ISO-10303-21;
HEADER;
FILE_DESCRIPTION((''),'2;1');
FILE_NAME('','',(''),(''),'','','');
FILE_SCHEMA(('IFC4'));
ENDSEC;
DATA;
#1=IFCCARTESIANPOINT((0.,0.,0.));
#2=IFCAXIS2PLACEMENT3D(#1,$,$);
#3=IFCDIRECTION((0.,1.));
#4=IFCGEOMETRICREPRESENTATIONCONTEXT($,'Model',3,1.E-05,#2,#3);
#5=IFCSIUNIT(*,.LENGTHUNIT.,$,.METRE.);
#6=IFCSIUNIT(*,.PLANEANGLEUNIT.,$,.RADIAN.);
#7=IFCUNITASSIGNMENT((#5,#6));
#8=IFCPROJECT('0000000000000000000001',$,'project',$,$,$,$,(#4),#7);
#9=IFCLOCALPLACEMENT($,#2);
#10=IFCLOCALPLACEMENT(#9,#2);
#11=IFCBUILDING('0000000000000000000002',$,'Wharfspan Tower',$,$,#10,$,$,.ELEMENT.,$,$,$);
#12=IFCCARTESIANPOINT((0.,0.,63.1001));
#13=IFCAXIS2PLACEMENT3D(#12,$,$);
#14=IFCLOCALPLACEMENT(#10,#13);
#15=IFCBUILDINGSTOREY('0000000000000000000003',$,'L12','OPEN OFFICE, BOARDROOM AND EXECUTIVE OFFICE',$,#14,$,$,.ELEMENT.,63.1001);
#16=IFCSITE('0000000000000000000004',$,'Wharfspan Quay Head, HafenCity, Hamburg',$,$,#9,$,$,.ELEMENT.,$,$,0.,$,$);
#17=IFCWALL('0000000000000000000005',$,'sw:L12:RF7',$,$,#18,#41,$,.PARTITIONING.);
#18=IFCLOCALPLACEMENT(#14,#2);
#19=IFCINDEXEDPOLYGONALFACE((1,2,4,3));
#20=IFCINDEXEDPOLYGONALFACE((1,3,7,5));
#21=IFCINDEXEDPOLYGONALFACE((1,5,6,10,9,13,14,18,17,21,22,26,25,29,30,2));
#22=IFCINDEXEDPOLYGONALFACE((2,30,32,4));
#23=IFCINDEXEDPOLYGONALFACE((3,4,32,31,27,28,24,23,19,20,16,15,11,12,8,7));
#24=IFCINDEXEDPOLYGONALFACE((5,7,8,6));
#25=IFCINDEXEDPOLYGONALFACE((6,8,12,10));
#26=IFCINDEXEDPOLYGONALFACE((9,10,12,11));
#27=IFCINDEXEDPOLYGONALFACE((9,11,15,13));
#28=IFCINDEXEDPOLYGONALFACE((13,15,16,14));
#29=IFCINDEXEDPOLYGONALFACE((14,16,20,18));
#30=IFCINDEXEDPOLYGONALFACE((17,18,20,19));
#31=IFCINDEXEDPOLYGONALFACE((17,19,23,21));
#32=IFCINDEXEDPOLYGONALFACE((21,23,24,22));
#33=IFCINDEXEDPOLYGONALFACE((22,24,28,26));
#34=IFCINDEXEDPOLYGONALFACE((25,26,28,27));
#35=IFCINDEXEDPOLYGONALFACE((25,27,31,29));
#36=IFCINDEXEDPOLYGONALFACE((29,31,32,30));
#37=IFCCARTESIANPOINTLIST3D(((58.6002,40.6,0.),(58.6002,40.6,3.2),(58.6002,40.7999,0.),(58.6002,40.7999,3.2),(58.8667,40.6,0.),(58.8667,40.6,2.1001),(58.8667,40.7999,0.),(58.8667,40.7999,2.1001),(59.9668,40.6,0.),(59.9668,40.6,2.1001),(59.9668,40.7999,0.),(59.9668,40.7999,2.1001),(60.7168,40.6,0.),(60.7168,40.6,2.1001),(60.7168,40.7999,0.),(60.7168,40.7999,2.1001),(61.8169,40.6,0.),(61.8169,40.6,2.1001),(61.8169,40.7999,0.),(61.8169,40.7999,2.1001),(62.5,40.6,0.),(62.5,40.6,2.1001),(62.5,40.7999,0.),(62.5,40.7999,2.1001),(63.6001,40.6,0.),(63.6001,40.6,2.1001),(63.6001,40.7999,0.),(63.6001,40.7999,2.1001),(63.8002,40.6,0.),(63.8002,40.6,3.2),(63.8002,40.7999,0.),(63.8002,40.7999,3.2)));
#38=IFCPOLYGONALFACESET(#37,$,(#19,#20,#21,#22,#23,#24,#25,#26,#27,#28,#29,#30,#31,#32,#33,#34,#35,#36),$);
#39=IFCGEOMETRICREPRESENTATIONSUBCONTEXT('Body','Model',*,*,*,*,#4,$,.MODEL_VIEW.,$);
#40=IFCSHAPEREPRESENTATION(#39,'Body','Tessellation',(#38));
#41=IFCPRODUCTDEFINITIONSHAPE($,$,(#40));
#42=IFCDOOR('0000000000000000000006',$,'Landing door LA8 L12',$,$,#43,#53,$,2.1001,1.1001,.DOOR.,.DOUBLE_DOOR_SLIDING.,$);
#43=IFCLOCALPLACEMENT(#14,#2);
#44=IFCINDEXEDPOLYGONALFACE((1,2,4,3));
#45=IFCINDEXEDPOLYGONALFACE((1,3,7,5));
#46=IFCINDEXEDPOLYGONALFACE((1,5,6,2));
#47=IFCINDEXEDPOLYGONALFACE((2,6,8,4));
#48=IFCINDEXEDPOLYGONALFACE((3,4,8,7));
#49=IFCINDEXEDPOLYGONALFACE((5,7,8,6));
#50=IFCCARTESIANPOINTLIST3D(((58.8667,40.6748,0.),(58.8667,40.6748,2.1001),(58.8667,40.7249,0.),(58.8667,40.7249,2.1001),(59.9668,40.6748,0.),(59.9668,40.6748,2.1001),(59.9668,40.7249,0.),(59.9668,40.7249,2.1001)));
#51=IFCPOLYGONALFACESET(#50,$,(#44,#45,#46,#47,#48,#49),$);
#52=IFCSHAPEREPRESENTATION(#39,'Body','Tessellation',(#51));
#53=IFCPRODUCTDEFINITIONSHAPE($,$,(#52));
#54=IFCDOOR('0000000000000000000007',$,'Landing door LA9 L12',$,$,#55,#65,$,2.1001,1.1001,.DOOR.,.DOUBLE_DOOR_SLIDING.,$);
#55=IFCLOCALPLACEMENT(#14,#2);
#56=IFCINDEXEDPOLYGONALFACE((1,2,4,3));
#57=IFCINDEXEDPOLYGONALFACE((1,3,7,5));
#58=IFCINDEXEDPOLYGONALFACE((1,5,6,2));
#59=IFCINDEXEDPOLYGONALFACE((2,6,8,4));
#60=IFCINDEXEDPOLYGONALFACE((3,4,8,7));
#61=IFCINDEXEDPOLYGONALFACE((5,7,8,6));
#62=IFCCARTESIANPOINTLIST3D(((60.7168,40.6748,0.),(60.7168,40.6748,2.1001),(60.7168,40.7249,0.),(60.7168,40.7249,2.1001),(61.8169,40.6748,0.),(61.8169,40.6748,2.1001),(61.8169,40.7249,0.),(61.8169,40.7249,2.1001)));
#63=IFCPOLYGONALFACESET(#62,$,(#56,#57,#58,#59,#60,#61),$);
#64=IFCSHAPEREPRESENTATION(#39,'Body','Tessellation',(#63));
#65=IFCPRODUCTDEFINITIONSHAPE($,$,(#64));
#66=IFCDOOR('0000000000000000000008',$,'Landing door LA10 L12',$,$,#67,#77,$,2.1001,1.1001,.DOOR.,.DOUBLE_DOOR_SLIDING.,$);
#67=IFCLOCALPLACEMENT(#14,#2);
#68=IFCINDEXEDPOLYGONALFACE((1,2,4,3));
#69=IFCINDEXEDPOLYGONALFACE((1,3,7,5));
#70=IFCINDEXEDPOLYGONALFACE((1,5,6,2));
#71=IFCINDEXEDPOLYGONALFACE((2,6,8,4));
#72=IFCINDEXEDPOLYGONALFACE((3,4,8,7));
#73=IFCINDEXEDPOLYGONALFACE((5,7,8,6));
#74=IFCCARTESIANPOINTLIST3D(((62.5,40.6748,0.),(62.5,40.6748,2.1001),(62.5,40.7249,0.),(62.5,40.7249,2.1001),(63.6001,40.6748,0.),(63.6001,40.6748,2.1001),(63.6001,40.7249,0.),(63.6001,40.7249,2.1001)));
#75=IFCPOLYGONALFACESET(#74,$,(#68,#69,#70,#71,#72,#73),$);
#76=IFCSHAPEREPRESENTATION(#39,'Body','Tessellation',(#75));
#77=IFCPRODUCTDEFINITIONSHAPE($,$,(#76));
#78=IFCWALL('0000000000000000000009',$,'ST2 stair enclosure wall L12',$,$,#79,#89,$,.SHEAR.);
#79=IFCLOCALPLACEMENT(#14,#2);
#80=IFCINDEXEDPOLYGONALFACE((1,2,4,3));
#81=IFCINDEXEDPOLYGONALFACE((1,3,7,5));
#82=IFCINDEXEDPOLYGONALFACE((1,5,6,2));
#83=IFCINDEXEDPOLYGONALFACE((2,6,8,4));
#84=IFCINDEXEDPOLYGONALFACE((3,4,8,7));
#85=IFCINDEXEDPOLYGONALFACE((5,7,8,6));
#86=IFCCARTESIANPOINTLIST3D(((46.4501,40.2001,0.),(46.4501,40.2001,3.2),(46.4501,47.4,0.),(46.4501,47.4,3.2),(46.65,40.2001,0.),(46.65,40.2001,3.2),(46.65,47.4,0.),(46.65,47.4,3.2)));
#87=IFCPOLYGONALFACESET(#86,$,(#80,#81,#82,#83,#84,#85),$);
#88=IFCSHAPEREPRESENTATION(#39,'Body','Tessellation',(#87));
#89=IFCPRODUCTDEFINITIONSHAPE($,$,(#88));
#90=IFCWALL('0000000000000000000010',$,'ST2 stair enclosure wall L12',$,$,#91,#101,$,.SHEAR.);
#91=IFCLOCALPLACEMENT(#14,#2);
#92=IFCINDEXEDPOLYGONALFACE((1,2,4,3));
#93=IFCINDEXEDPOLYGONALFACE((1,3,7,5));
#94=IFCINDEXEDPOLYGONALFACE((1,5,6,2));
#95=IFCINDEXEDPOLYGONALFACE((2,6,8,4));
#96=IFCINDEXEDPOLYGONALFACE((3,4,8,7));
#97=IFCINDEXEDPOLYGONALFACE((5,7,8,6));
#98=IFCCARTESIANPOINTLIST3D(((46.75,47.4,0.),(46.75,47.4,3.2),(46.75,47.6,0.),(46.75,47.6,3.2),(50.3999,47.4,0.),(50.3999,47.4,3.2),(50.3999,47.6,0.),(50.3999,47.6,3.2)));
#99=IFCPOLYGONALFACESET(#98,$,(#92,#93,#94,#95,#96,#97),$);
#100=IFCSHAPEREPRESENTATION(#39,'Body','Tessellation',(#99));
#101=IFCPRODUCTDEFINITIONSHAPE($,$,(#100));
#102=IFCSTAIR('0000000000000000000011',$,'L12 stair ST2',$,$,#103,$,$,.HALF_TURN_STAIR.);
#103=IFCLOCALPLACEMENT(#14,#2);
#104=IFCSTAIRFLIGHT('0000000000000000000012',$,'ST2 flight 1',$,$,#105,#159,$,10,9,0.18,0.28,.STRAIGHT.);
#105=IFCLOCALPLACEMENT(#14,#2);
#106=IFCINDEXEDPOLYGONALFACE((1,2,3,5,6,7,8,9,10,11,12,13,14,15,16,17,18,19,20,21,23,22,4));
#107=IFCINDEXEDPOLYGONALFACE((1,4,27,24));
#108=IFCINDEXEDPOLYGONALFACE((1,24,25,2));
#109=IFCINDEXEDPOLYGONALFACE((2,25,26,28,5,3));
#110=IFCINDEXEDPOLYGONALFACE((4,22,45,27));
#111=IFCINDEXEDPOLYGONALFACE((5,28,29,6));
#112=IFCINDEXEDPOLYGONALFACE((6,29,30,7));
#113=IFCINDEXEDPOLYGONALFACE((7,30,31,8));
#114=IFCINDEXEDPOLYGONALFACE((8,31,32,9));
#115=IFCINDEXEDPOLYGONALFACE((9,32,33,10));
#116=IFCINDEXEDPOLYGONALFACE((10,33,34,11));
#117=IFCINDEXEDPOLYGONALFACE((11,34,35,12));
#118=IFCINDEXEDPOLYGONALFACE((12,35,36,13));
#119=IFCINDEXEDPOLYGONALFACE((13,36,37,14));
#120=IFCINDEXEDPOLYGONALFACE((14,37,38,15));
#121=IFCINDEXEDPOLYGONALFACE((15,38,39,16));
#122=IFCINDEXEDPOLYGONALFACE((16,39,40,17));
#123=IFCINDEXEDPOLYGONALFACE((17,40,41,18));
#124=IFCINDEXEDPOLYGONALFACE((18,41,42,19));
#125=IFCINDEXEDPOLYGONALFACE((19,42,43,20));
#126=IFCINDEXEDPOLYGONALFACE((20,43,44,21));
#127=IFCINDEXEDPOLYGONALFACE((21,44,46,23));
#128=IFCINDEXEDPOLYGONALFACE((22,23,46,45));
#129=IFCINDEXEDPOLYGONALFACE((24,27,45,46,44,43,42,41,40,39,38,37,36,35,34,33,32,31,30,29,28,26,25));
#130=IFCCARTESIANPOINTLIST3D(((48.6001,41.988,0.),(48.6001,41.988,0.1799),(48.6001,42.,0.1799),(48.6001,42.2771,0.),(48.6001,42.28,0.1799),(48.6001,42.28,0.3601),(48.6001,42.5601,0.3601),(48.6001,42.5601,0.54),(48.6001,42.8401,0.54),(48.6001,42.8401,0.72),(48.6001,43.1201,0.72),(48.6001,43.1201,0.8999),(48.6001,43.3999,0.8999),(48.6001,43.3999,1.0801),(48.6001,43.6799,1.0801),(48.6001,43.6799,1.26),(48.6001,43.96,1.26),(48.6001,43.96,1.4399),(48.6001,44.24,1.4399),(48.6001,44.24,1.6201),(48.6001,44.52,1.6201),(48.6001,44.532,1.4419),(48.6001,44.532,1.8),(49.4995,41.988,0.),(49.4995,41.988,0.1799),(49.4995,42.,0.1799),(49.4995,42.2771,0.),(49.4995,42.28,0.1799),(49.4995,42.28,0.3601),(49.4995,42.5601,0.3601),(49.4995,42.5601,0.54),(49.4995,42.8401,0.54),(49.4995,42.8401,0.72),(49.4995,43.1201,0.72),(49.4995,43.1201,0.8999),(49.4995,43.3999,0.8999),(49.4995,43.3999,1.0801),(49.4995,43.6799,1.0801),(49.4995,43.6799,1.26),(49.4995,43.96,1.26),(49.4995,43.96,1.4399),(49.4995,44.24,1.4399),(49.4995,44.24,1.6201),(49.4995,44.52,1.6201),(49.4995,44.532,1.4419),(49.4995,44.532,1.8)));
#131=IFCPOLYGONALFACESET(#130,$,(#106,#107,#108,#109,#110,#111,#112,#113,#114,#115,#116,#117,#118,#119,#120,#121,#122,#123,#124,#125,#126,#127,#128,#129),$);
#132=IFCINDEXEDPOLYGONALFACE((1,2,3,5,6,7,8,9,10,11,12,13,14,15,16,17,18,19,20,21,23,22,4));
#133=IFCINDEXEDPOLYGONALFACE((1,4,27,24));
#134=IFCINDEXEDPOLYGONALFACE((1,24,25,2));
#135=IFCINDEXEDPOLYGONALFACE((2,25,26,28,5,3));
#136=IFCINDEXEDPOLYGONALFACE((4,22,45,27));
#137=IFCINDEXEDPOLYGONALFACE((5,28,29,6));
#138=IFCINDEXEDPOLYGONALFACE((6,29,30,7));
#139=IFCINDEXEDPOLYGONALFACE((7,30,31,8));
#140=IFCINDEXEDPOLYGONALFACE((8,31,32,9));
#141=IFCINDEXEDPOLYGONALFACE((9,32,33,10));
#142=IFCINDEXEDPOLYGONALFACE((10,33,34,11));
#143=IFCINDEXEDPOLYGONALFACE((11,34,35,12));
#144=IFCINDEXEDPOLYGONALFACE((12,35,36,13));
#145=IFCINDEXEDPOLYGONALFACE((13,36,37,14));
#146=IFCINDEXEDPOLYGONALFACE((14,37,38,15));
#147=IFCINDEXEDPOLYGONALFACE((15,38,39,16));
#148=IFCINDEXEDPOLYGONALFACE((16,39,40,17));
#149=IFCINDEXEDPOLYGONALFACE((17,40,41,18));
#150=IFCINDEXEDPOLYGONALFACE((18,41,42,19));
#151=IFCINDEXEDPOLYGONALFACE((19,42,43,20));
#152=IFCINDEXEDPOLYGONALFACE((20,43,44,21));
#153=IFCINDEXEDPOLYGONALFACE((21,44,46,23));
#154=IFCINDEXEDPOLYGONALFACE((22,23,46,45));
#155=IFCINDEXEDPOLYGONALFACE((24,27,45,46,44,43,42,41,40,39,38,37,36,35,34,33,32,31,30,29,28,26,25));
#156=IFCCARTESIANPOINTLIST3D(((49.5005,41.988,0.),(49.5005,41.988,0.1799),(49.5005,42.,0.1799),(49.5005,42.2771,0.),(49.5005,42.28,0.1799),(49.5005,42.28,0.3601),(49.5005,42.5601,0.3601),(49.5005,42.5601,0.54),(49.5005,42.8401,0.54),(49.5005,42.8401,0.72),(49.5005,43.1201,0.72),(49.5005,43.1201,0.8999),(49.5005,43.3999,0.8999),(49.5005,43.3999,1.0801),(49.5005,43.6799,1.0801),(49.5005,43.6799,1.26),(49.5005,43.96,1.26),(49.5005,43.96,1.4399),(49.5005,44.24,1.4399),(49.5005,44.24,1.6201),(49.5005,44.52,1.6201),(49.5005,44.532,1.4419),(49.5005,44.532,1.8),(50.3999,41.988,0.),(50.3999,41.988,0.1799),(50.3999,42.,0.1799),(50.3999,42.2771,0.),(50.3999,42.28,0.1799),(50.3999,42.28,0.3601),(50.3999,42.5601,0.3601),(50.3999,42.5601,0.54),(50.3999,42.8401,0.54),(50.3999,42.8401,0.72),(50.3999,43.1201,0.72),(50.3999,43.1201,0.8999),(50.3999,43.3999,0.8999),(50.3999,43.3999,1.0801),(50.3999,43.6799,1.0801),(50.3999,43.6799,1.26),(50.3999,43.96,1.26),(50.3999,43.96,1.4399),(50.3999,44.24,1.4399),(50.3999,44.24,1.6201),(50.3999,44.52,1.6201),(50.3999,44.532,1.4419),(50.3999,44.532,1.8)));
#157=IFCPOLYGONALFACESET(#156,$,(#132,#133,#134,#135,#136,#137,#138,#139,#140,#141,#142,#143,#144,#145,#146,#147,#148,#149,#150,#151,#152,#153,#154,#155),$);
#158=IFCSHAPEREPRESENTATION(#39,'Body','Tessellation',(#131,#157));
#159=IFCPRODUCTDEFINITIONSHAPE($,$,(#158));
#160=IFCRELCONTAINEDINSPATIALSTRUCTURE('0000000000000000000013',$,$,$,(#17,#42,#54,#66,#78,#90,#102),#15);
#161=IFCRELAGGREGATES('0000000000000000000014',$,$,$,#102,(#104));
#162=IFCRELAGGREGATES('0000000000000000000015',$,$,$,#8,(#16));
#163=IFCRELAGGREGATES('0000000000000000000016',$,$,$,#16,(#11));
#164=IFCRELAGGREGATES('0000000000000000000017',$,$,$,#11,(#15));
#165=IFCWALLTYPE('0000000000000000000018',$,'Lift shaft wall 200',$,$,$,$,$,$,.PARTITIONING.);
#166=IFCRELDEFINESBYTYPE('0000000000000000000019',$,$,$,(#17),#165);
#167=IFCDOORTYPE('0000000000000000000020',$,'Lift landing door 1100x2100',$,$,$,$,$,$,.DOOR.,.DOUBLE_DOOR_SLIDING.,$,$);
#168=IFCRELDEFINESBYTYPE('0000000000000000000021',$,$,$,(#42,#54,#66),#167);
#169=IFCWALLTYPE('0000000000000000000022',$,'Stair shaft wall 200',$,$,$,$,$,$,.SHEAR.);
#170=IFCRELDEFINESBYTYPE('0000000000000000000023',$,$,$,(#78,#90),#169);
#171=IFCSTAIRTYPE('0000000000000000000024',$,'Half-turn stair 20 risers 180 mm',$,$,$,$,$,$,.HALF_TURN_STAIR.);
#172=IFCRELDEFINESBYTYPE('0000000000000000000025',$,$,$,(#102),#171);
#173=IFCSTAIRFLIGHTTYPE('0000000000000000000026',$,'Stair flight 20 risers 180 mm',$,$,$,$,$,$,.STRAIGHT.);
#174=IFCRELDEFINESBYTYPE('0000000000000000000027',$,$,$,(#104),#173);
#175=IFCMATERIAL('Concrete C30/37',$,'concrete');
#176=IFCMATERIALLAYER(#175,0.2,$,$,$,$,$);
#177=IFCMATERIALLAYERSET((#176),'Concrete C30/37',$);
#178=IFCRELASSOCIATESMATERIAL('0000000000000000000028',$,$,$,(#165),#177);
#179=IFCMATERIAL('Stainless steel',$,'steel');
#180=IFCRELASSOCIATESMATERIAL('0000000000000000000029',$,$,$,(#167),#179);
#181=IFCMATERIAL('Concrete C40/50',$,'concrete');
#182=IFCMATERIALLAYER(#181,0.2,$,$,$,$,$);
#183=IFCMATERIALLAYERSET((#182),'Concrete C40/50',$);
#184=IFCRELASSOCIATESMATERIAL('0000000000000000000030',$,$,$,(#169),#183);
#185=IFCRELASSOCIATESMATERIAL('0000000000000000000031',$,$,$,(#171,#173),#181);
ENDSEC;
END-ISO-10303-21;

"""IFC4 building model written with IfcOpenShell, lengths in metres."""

from ifc_helpers import new_model, si_unit, direction, frame, frame_2d, origin, place, context, subcontext, project, spatial, polyline, rectangle, outline, extrude, material, layer, layer_set, type_object, element, fill, aggregate, save


model = new_model("IFC4")

# Units and contexts
model_context = context("Model", 3, precision=1e-05, world=origin(), true_north=direction((0.0, 1.0)))
body_context = subcontext(model_context, "Body", "Model", "MODEL_VIEW")
ifc_project = project(units=[si_unit("LENGTHUNIT", "METRE"), si_unit("PLANEANGLEUNIT", "RADIAN")], contexts=[model_context])

# Site, building, storey
site_placement = place(None, origin())
site = spatial("IfcSite", under=ifc_project, at=site_placement, Name="Wharfspan Quay Head, HafenCity, Hamburg", CompositionType="ELEMENT", RefElevation=0.0)
building_placement = place(site_placement, origin())
building = spatial("IfcBuilding", under=site, at=building_placement, Name="Wharfspan Tower", CompositionType="ELEMENT")
storey_placement = place(building_placement, frame((0.0, 0.0, 63.1001)))
storey = spatial("IfcBuildingStorey", under=building, at=storey_placement, Name="L12", Description="OPEN OFFICE, BOARDROOM AND EXECUTIVE OFFICE", CompositionType="ELEMENT", Elevation=63.1001)

# Shared definitions
ifc_material_1 = material(Name="Concrete C30/37", Category="concrete")
ifc_layer_1 = layer(ifc_material_1, 0.2)
ifc_layer_set_1 = layer_set([ifc_layer_1], Name="Concrete C30/37")
wall_type_1 = type_object("IfcWallType", Name="Lift shaft wall 200", PredefinedType="PARTITIONING", material=ifc_layer_set_1)

# Wall, openings, doors
wall_1_placement = place(storey_placement, frame((58.6001, 40.7, 0.0), z_axis=(0.0, 0.0, 1.0), x_axis=(1.0, 0.0, 0.0)))
wall_1 = element("IfcWall", 1, at=wall_1_placement, inside=storey, type_object=wall_type_1, Name="sw:L12:RF7", PredefinedType="PARTITIONING", context=body_context, shape_type="SweptSolid", body=[
    extrude(rectangle(XDim=5.2, YDim=0.2, at=frame_2d((2.6001, 0.0))), origin(), (0.0, 0.0, 1.0), 3.2),
])
opening_1_placement = place(wall_1_placement, frame((0.2666, 0.0, 0.0)))
opening_1 = element("IfcOpeningElement", 2, at=opening_1_placement, cuts=wall_1, PredefinedType="OPENING", context=body_context, shape_type="SweptSolid", body=[
    extrude(rectangle(XDim=1.1001, YDim=2.1001, at=frame_2d((0.55, 1.05))), frame((0.0, 0.1099, 0.0), z_axis=(0.0, -1.0, 0.0), x_axis=(1.0, 0.0, 0.0)), (0.0, 0.0, 1.0), 0.22),
])
opening_2_placement = place(wall_1_placement, frame((2.1167, 0.0, 0.0)))
opening_2 = element("IfcOpeningElement", 3, at=opening_2_placement, cuts=wall_1, PredefinedType="OPENING", context=body_context, shape_type="SweptSolid", body=[
    extrude(rectangle(XDim=1.1001, YDim=2.1001, at=frame_2d((0.55, 1.05))), frame((0.0, 0.1099, 0.0), z_axis=(0.0, -1.0, 0.0), x_axis=(1.0, 0.0, 0.0)), (0.0, 0.0, 1.0), 0.22),
])
opening_3_placement = place(wall_1_placement, frame((3.8999, 0.0, 0.0)))
opening_3 = element("IfcOpeningElement", 4, at=opening_3_placement, cuts=wall_1, PredefinedType="OPENING", context=body_context, shape_type="SweptSolid", body=[
    extrude(rectangle(XDim=1.1001, YDim=2.1001, at=frame_2d((0.55, 1.05))), frame((0.0, 0.1099, 0.0), z_axis=(0.0, -1.0, 0.0), x_axis=(1.0, 0.0, 0.0)), (0.0, 0.0, 1.0), 0.22),
])
ifc_material_2 = material(Name="Stainless steel", Category="steel")
door_type_1 = type_object("IfcDoorType", Name="Lift landing door 1100x2100", OperationType="DOUBLE_DOOR_SLIDING", PredefinedType="DOOR", material=ifc_material_2)
door_1_placement = place(opening_1_placement, origin())
door_1 = element("IfcDoor", 5, at=door_1_placement, inside=storey, type_object=door_type_1, Name="Landing door LA8 L12", OperationType="DOUBLE_DOOR_SLIDING", OverallHeight=2.1001, OverallWidth=1.1001, PredefinedType="DOOR", context=body_context, shape_type="SweptSolid", body=[
    extrude(rectangle(XDim=1.1001, YDim=2.1001, at=frame_2d((0.55, 1.05))), frame((0.0, 0.0249, 0.0), z_axis=(0.0, -1.0, 0.0), x_axis=(1.0, 0.0, 0.0)), (0.0, 0.0, 1.0), 0.05),
])
fill(opening_1, door_1)
door_2_placement = place(opening_2_placement, origin())
door_2 = element("IfcDoor", 6, at=door_2_placement, inside=storey, type_object=door_type_1, Name="Landing door LA9 L12", OperationType="DOUBLE_DOOR_SLIDING", OverallHeight=2.1001, OverallWidth=1.1001, PredefinedType="DOOR", context=body_context, shape_type="SweptSolid", body=[
    extrude(rectangle(XDim=1.1001, YDim=2.1001, at=frame_2d((0.55, 1.05))), frame((0.0, 0.0249, 0.0), z_axis=(0.0, -1.0, 0.0), x_axis=(1.0, 0.0, 0.0)), (0.0, 0.0, 1.0), 0.05),
])
fill(opening_2, door_2)
door_3_placement = place(opening_3_placement, origin())
door_3 = element("IfcDoor", 7, at=door_3_placement, inside=storey, type_object=door_type_1, Name="Landing door LA10 L12", OperationType="DOUBLE_DOOR_SLIDING", OverallHeight=2.1001, OverallWidth=1.1001, PredefinedType="DOOR", context=body_context, shape_type="SweptSolid", body=[
    extrude(rectangle(XDim=1.1001, YDim=2.1001, at=frame_2d((0.55, 1.05))), frame((0.0, 0.0249, 0.0), z_axis=(0.0, -1.0, 0.0), x_axis=(1.0, 0.0, 0.0)), (0.0, 0.0, 1.0), 0.05),
])
fill(opening_3, door_3)

# Walls
ifc_material_3 = material(Name="Concrete C40/50", Category="concrete")
ifc_layer_2 = layer(ifc_material_3, 0.2)
ifc_layer_set_2 = layer_set([ifc_layer_2], Name="Concrete C40/50")
wall_type_2 = type_object("IfcWallType", Name="Stair shaft wall 200", PredefinedType="SHEAR", material=ifc_layer_set_2)
wall_2_placement = place(storey_placement, frame((46.55, 40.2, 0.0), z_axis=(0.0, 0.0, 1.0), x_axis=(0.0, 1.0, 0.0)))
element("IfcWall", 8, at=wall_2_placement, inside=storey, type_object=wall_type_2, Name="ST2 stair enclosure wall L12", PredefinedType="SHEAR", context=body_context, shape_type="SweptSolid", body=[
    extrude(rectangle(XDim=7.2, YDim=0.2, at=frame_2d((3.6001, 0.0))), origin(), (0.0, 0.0, 1.0), 3.2),
])
wall_3_placement = place(storey_placement, frame((46.75, 47.5, 0.0), z_axis=(0.0, 0.0, 1.0), x_axis=(1.0, 0.0, 0.0)))
element("IfcWall", 9, at=wall_3_placement, inside=storey, type_object=wall_type_2, Name="ST2 stair enclosure wall L12", PredefinedType="SHEAR", context=body_context, shape_type="SweptSolid", body=[
    extrude(rectangle(XDim=3.6499, YDim=0.2, at=frame_2d((1.825, 0.0))), origin(), (0.0, 0.0, 1.0), 3.2),
])

# Stair, stair flight
stair_type = type_object("IfcStairType", Name="Half-turn stair 20 risers 180 mm", PredefinedType="HALF_TURN_STAIR", material=ifc_material_3)
stair_placement = place(storey_placement, origin())
stair = element("IfcStair", 10, at=stair_placement, inside=storey, type_object=stair_type, Name="L12 stair ST2", PredefinedType="HALF_TURN_STAIR")
stair_flight_type = type_object("IfcStairFlightType", Name="Stair flight 20 risers 180 mm", PredefinedType="STRAIGHT", material=ifc_material_3)
stair_flight_1_placement = place(storey_placement, frame((49.5, 42.0, 0.0), z_axis=(0.0, 0.0, 1.0), x_axis=(0.0, 1.0, 0.0)))
stair_flight_1 = element("IfcStairFlight", 11, at=stair_flight_1_placement, type_object=stair_flight_type, Name="ST2 flight 1", NumberOfRisers=10, NumberOfTreads=9, PredefinedType="STRAIGHT", RiserHeight=0.18, TreadLength=0.28, context=body_context, shape_type="SweptSolid", body=[
    extrude(outline(polyline([(-0.012, 0.0), (-0.012, 0.1799), (0.0, 0.1799), (0.28, 0.1799), (0.28, 0.3601), (0.5601, 0.3601), (0.5601, 0.54), (0.8401, 0.54), (0.8401, 0.72), (1.1201, 0.72), (1.1201, 0.8999), (1.3999, 0.8999), (1.3999, 1.0801), (1.6799, 1.0801), (1.6799, 1.26), (1.96, 1.26), (1.96, 1.4399), (2.24, 1.4399), (2.24, 1.6201), (2.52, 1.6201), (2.532, 1.8), (2.532, 1.4419), (0.2771, 0.0), (-0.012, 0.0)])), frame((0.0, 0.8999, 0.0), z_axis=(0.0, -1.0, 0.0), x_axis=(1.0, 0.0, 0.0)), (0.0, 0.0, 1.0), 0.8994),
    extrude(outline(polyline([(-0.012, 0.0), (-0.012, 0.1799), (0.0, 0.1799), (0.28, 0.1799), (0.28, 0.3601), (0.5601, 0.3601), (0.5601, 0.54), (0.8401, 0.54), (0.8401, 0.72), (1.1201, 0.72), (1.1201, 0.8999), (1.3999, 0.8999), (1.3999, 1.0801), (1.6799, 1.0801), (1.6799, 1.26), (1.96, 1.26), (1.96, 1.4399), (2.24, 1.4399), (2.24, 1.6201), (2.52, 1.6201), (2.532, 1.8), (2.532, 1.4419), (0.2771, 0.0), (-0.012, 0.0)])), frame((0.0, -0.0005, 0.0), z_axis=(0.0, -1.0, 0.0), x_axis=(1.0, 0.0, 0.0)), (0.0, 0.0, 1.0), 0.8994),
])
aggregate(stair, [stair_flight_1])

save(model, "model.ifc")
